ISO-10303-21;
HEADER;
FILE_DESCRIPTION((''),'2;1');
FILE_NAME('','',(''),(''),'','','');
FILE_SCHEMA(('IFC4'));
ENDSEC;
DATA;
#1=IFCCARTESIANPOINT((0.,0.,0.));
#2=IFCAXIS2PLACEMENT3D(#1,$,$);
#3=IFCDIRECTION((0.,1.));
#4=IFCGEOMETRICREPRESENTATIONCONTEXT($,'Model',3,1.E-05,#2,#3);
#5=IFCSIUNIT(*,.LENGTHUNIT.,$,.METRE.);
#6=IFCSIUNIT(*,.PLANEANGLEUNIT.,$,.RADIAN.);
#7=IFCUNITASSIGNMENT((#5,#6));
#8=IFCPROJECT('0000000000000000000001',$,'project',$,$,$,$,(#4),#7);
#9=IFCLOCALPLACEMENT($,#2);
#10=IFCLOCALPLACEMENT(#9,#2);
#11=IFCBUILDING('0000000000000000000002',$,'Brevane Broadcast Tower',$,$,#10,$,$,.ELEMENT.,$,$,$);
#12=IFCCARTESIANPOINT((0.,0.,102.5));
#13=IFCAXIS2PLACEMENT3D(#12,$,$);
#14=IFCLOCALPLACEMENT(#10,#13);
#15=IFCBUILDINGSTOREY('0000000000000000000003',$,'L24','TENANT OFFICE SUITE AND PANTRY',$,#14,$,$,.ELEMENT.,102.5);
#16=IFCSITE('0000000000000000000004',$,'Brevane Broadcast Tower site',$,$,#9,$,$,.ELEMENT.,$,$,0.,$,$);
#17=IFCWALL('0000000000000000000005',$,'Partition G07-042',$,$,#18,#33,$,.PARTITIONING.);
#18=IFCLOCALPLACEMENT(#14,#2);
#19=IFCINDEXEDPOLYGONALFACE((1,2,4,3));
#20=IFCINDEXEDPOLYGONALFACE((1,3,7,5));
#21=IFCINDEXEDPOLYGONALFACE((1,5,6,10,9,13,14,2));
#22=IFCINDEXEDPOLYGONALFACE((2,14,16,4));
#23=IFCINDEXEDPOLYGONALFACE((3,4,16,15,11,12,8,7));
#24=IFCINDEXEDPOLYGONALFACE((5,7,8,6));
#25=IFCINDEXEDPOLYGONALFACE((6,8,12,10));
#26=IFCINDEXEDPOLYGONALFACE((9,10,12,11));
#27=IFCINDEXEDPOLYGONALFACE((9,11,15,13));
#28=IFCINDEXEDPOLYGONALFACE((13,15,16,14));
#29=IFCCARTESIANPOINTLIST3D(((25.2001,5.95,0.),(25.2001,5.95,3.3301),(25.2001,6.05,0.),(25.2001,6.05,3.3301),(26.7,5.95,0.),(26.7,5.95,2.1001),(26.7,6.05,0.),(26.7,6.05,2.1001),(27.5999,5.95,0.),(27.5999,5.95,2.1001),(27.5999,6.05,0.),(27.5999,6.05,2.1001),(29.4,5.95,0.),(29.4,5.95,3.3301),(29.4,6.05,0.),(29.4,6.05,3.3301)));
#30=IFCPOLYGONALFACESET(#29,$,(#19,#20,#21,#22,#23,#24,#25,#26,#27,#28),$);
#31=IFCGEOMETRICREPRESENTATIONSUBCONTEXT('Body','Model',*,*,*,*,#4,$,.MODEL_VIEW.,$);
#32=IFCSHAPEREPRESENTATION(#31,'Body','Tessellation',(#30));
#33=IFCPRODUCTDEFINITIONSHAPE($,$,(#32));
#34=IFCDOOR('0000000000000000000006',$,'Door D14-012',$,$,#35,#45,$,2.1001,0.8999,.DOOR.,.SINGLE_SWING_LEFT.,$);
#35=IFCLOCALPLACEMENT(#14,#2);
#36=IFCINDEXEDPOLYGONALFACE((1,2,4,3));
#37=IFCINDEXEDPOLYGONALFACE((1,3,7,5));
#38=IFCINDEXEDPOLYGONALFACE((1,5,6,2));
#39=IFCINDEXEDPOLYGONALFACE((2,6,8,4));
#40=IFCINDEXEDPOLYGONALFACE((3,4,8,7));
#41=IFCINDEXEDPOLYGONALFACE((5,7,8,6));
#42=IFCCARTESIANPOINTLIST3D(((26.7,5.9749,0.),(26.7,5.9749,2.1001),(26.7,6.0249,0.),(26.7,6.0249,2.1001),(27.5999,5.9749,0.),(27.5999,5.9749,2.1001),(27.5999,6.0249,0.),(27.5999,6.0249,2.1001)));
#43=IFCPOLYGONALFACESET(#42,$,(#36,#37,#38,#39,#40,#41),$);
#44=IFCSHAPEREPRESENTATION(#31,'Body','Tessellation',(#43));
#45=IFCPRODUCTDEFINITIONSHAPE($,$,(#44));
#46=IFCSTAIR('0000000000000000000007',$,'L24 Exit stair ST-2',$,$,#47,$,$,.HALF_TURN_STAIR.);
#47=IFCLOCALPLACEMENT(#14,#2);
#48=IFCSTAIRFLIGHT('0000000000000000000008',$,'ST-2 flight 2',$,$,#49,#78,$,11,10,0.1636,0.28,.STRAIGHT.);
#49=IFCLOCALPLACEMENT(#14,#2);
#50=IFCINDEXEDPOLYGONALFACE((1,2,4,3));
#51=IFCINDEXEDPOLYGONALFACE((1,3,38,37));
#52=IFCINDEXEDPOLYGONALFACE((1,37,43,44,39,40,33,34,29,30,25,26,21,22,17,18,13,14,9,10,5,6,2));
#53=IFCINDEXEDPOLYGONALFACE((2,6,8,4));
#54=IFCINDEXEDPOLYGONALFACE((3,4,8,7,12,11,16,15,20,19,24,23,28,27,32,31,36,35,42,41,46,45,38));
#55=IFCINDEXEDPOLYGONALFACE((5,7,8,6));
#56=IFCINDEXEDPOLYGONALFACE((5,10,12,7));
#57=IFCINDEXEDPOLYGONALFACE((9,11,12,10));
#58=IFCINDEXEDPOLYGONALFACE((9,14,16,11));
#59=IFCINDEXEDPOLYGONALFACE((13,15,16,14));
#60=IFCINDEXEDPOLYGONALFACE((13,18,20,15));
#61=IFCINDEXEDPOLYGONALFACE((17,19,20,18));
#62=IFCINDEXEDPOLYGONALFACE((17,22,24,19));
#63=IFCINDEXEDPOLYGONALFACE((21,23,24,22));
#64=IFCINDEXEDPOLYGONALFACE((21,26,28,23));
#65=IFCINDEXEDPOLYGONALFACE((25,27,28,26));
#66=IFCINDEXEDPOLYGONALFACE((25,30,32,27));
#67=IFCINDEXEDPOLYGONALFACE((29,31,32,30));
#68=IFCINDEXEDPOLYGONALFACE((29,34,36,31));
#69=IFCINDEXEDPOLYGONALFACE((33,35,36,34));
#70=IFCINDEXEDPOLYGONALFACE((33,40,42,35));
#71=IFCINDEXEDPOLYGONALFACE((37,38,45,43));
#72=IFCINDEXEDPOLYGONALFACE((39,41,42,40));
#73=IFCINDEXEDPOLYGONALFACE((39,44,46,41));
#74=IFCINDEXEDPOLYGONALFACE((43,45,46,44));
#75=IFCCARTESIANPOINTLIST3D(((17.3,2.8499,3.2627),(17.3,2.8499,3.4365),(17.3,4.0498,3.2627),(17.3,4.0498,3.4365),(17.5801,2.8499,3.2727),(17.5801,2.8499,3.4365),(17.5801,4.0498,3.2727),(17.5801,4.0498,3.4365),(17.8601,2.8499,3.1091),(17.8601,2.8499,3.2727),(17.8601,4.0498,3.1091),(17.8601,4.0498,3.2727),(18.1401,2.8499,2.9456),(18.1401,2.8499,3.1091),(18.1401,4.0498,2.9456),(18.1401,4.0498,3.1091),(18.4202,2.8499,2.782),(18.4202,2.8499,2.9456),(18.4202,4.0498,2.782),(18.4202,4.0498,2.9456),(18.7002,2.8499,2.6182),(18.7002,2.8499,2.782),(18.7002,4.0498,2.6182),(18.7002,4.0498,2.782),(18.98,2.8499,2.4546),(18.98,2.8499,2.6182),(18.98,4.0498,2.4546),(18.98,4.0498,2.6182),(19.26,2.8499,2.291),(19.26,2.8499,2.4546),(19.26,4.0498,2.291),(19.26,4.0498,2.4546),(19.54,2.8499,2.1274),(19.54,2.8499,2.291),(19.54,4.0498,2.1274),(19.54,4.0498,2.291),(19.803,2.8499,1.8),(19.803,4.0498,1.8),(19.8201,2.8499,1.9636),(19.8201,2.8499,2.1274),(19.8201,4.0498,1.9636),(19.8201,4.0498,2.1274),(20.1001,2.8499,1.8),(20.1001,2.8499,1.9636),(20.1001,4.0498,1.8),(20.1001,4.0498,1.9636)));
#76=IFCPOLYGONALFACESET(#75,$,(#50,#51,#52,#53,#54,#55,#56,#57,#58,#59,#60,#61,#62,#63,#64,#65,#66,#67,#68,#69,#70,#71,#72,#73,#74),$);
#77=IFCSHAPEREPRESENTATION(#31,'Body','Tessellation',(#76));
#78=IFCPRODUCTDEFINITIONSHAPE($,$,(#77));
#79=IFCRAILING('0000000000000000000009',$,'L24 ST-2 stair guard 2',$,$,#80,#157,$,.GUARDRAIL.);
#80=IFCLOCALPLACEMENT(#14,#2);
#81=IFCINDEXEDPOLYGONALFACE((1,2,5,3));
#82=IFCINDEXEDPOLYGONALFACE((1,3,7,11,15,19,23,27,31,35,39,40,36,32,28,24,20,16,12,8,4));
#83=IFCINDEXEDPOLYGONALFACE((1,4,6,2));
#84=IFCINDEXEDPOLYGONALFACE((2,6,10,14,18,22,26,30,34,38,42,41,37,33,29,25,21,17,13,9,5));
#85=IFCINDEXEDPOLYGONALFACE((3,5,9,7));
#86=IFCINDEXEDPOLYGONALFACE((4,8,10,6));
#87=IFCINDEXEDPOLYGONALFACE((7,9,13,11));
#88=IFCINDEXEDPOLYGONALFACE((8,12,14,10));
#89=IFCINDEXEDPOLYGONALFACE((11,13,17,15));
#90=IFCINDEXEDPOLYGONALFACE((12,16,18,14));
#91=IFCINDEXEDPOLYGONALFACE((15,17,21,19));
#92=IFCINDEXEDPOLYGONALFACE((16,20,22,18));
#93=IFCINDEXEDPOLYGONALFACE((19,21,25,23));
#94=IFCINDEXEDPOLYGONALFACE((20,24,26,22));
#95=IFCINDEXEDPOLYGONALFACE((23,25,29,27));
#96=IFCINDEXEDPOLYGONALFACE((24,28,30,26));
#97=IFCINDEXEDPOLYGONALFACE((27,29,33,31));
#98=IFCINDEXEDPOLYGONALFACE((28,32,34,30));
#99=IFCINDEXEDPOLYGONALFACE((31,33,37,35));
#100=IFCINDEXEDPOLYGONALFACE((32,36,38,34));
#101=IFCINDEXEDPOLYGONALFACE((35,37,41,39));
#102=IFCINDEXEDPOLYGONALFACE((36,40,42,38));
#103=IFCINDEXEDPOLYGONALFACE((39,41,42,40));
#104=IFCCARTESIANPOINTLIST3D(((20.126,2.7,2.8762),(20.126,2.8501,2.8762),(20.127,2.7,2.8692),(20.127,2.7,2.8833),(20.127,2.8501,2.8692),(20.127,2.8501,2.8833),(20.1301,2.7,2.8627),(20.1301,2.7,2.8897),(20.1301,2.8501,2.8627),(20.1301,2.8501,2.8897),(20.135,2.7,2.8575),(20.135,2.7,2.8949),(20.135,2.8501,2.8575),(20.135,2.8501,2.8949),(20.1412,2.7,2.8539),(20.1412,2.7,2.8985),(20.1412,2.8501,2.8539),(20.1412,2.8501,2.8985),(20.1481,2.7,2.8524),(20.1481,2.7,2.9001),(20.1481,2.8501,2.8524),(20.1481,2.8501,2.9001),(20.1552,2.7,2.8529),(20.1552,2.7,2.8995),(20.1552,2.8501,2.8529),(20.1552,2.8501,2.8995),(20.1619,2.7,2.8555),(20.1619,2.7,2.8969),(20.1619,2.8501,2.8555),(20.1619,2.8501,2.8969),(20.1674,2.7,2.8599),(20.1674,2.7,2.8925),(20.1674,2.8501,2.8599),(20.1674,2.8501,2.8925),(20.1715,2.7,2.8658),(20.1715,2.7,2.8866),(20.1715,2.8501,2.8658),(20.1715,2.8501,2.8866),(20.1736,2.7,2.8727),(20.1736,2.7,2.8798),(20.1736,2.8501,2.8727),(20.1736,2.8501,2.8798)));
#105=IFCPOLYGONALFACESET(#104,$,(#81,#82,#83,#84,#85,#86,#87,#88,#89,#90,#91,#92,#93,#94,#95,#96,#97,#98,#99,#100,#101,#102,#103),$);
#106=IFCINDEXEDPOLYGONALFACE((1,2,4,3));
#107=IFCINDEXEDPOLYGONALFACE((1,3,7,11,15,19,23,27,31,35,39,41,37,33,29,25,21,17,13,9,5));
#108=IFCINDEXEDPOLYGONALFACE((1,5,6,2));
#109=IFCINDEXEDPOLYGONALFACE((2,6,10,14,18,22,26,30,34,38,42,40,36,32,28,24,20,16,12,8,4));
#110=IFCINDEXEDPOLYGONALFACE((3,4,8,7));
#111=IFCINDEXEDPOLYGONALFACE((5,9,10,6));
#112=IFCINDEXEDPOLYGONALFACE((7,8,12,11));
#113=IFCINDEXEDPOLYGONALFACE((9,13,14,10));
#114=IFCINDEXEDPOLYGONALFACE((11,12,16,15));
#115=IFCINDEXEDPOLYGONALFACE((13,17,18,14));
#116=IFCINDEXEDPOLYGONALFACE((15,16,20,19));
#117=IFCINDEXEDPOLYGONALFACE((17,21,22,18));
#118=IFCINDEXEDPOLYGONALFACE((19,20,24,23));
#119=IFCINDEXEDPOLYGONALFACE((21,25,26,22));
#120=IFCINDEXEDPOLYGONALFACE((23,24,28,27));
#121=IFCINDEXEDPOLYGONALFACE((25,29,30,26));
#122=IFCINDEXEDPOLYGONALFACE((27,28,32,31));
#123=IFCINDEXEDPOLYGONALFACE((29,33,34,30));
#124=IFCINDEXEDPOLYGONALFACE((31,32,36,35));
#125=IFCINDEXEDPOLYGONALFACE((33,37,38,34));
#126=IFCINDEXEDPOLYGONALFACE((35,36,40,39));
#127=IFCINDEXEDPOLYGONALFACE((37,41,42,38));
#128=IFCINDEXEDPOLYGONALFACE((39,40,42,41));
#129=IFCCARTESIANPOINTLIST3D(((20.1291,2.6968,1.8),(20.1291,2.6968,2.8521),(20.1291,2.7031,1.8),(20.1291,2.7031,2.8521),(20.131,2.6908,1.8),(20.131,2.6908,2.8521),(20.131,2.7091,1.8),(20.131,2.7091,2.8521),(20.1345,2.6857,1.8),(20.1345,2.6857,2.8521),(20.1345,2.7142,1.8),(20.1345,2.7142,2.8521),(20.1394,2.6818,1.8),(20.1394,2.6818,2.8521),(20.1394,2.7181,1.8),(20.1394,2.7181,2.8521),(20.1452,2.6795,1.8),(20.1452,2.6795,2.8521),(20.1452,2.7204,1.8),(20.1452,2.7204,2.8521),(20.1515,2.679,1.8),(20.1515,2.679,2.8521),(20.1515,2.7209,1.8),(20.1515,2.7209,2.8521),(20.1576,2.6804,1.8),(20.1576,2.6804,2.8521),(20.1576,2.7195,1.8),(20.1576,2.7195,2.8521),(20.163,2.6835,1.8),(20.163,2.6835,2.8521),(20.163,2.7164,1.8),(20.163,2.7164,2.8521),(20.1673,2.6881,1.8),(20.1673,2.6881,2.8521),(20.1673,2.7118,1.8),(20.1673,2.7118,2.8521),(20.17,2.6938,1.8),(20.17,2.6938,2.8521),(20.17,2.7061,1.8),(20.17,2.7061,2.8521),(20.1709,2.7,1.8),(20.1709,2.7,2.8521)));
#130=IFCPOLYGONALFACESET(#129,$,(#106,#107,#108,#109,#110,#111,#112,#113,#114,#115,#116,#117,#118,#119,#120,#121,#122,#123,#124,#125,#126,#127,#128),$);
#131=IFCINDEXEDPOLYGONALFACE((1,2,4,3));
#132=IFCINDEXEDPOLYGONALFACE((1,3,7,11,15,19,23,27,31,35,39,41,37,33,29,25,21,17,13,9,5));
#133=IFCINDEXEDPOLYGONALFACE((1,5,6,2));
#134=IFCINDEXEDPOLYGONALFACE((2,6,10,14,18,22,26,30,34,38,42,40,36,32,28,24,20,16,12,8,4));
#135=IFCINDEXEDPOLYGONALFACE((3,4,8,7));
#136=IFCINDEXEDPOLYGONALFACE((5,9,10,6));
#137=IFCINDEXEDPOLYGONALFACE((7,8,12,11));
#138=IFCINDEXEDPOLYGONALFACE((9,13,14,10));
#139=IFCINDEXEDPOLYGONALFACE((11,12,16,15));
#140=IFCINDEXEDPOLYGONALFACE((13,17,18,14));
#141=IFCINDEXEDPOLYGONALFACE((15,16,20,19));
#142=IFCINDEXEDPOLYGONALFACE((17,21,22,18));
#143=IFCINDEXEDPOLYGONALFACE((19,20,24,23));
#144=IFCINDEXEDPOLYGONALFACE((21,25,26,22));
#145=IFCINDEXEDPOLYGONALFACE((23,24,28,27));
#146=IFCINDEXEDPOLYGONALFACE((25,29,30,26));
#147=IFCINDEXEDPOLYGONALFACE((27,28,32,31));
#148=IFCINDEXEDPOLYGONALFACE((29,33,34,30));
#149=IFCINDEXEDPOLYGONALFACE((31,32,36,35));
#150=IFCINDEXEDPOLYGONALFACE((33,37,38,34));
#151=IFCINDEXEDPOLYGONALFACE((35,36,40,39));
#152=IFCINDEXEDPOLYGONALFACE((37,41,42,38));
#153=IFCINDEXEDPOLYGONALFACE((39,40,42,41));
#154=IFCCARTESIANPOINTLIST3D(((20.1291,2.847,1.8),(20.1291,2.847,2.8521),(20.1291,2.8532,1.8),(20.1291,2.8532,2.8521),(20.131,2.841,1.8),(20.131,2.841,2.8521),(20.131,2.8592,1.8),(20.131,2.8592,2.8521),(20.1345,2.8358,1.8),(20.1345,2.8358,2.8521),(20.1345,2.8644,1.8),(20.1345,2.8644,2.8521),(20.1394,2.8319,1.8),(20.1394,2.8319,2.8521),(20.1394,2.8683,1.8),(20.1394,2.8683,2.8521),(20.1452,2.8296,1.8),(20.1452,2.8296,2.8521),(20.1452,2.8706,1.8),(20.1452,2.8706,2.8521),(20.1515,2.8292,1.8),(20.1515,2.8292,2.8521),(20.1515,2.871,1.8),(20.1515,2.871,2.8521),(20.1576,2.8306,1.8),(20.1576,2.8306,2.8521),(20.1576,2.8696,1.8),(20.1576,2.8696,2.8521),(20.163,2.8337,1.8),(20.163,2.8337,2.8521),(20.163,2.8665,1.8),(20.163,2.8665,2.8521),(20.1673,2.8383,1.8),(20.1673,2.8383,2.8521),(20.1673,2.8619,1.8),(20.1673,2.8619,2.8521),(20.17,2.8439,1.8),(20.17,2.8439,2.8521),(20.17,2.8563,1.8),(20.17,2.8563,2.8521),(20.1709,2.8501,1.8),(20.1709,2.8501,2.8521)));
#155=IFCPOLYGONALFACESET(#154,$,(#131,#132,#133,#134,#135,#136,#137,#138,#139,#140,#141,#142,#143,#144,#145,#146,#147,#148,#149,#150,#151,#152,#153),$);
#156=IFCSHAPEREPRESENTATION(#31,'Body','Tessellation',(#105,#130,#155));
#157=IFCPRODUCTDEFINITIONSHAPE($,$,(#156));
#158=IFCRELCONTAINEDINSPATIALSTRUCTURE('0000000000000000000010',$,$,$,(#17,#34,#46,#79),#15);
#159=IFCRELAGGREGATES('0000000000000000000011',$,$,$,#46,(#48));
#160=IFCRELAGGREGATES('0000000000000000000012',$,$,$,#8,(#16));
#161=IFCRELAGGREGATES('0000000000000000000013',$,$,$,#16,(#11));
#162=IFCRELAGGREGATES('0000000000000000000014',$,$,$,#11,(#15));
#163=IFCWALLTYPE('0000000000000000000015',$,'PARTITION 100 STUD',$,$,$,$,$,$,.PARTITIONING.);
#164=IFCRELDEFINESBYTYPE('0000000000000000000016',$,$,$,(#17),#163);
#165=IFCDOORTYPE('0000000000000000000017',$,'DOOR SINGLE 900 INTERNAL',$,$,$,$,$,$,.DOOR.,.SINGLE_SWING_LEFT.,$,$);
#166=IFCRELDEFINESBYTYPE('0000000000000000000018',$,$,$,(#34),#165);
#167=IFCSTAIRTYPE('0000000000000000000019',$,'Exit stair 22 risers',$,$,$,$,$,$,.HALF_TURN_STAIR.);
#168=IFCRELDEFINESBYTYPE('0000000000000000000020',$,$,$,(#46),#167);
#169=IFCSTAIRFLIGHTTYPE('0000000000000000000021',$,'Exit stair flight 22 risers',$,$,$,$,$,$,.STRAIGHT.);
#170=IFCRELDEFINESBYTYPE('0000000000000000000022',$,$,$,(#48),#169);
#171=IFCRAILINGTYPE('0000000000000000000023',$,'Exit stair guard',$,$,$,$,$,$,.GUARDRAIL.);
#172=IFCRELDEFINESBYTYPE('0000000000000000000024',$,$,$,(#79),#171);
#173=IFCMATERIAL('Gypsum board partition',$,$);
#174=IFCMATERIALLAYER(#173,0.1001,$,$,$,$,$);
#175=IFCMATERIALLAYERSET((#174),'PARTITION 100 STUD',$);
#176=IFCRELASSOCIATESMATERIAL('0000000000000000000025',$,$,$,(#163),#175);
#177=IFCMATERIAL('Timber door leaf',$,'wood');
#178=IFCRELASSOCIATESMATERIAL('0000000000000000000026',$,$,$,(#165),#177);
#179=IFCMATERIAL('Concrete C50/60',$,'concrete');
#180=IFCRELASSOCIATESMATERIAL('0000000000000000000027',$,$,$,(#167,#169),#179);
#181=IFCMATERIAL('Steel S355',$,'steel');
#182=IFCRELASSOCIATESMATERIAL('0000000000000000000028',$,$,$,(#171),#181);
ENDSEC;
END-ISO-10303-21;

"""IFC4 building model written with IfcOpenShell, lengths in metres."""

from ifc_helpers import new_model, si_unit, direction, frame, frame_2d, origin, origin_2d, place, context, subcontext, project, spatial, polyline, rectangle, circle, outline, extrude, material, layer, layer_set, type_object, element, fill, aggregate, save


model = new_model("IFC4")

# Units and contexts
model_context = context("Model", 3, precision=1e-05, world=origin(), true_north=direction((0.0, 1.0)))
body_context = subcontext(model_context, "Body", "Model", "MODEL_VIEW")
ifc_project = project(units=[si_unit("LENGTHUNIT", "METRE"), si_unit("PLANEANGLEUNIT", "RADIAN")], contexts=[model_context])

# Site, building, storey
site_placement = place(None, origin())
site = spatial("IfcSite", under=ifc_project, at=site_placement, Name="Brevane Broadcast Tower site", CompositionType="ELEMENT", RefElevation=0.0)
building_placement = place(site_placement, origin())
building = spatial("IfcBuilding", under=site, at=building_placement, Name="Brevane Broadcast Tower", CompositionType="ELEMENT")
storey_placement = place(building_placement, frame((0.0, 0.0, 102.5)))
storey = spatial("IfcBuildingStorey", under=building, at=storey_placement, Name="L24", Description="TENANT OFFICE SUITE AND PANTRY", CompositionType="ELEMENT", Elevation=102.5)

# Shared definitions
ifc_material_1 = material(Name="Gypsum board partition")
ifc_layer_1 = layer(ifc_material_1, 0.1001)
ifc_layer_set_1 = layer_set([ifc_layer_1], Name="PARTITION 100 STUD")
wall_type_1 = type_object("IfcWallType", Name="PARTITION 100 STUD", PredefinedType="PARTITIONING", material=ifc_layer_set_1)

# Wall, opening, door
wall_1_placement = place(storey_placement, frame((25.2, 6.0, 0.0), z_axis=(0.0, 0.0, 1.0), x_axis=(1.0, 0.0, 0.0)))
wall_1 = element("IfcWall", 1, at=wall_1_placement, inside=storey, type_object=wall_type_1, Name="Partition G07-042", PredefinedType="PARTITIONING", context=body_context, shape_type="SweptSolid", body=[
    extrude(rectangle(XDim=4.2, YDim=0.1001, at=frame_2d((2.1001, 0.0))), origin(), (0.0, 0.0, 1.0), 3.3301),
])
opening_1_placement = place(wall_1_placement, frame((1.5, 0.0, 0.0)))
opening_1 = element("IfcOpeningElement", 2, at=opening_1_placement, cuts=wall_1, PredefinedType="OPENING", context=body_context, shape_type="SweptSolid", body=[
    extrude(rectangle(XDim=0.8999, YDim=2.1001, at=frame_2d((0.45, 1.05))), frame((0.0, 0.0601, 0.0), z_axis=(0.0, -1.0, 0.0), x_axis=(1.0, 0.0, 0.0)), (0.0, 0.0, 1.0), 0.1201),
])
ifc_material_2 = material(Name="Timber door leaf", Category="wood")
door_type_1 = type_object("IfcDoorType", Name="DOOR SINGLE 900 INTERNAL", OperationType="SINGLE_SWING_LEFT", PredefinedType="DOOR", material=ifc_material_2)
door_1_placement = place(opening_1_placement, origin())
door_1 = element("IfcDoor", 3, at=door_1_placement, inside=storey, type_object=door_type_1, Name="Door D14-012", OperationType="SINGLE_SWING_LEFT", OverallHeight=2.1001, OverallWidth=0.8999, PredefinedType="DOOR", context=body_context, shape_type="SweptSolid", body=[
    extrude(rectangle(XDim=0.8999, YDim=2.1001, at=frame_2d((0.45, 1.05))), frame((0.0, 0.0249, 0.0), z_axis=(0.0, -1.0, 0.0), x_axis=(1.0, 0.0, 0.0)), (0.0, 0.0, 1.0), 0.05),
])
fill(opening_1, door_1)

# Stair, stair flight
ifc_material_3 = material(Name="Concrete C50/60", Category="concrete")
stair_type = type_object("IfcStairType", Name="Exit stair 22 risers", PredefinedType="HALF_TURN_STAIR", material=ifc_material_3)
stair_placement = place(storey_placement, origin())
stair = element("IfcStair", 4, at=stair_placement, inside=storey, type_object=stair_type, Name="L24 Exit stair ST-2", PredefinedType="HALF_TURN_STAIR")
stair_flight_type = type_object("IfcStairFlightType", Name="Exit stair flight 22 risers", PredefinedType="STRAIGHT", material=ifc_material_3)
stair_flight_placement = place(storey_placement, frame((20.1001, 3.45, 1.8), z_axis=(0.0, 0.0, 1.0), x_axis=(-1.0, 0.0, 0.0)))
stair_flight = element("IfcStairFlight", 5, at=stair_flight_placement, type_object=stair_flight_type, Name="ST-2 flight 2", NumberOfRisers=11, NumberOfTreads=10, PredefinedType="STRAIGHT", RiserHeight=0.1636, TreadLength=0.28, context=body_context, shape_type="SweptSolid", body=[
    extrude(outline(polyline([(0.0, 0.0), (0.0, 0.1636), (0.28, 0.1636), (0.28, 0.3274), (0.5601, 0.3274), (0.5601, 0.491), (0.8401, 0.491), (0.8401, 0.6545), (1.1201, 0.6545), (1.1201, 0.8181), (1.3999, 0.8181), (1.3999, 0.9819), (1.6799, 0.9819), (1.6799, 1.1455), (1.96, 1.1455), (1.96, 1.3091), (2.24, 1.3091), (2.24, 1.4727), (2.52, 1.4727), (2.52, 1.6365), (2.8, 1.6365), (2.8, 1.8), (2.8, 1.4626), (0.2971, 0.0), (0.0, 0.0)])), frame((0.0, 0.6001, 0.0), z_axis=(0.0, -1.0, 0.0), x_axis=(1.0, 0.0, 0.0)), (0.0, 0.0, 1.0), 1.2),
])
aggregate(stair, [stair_flight])

# Railing
ifc_material_4 = material(Name="Steel S355", Category="steel")
railing_type_1 = type_object("IfcRailingType", Name="Exit stair guard", PredefinedType="GUARDRAIL", material=ifc_material_4)
railing_1_placement = place(storey_placement, frame((20.1499, 2.7, 1.8)))
element("IfcRailing", 6, at=railing_1_placement, inside=storey, type_object=railing_type_1, Name="L24 ST-2 stair guard 2", PredefinedType="GUARDRAIL", context=body_context, shape_type="SweptSolid", body=[
    extrude(circle(Radius=0.0239, at=origin_2d()), frame((0.0, 0.0, 1.0762), z_axis=(0.0, 1.0, 0.0), x_axis=(-1.0, 0.0, 0.0)), (0.0, 0.0, 1.0), 0.1501),
    extrude(circle(Radius=0.021, at=origin_2d()), origin(), (0.0, 0.0, 1.0), 1.052),
    extrude(circle(Radius=0.021, at=origin_2d()), frame((0.0, 0.1501, 0.0)), (0.0, 0.0, 1.0), 1.052),
])

save(model, "model.ifc")
